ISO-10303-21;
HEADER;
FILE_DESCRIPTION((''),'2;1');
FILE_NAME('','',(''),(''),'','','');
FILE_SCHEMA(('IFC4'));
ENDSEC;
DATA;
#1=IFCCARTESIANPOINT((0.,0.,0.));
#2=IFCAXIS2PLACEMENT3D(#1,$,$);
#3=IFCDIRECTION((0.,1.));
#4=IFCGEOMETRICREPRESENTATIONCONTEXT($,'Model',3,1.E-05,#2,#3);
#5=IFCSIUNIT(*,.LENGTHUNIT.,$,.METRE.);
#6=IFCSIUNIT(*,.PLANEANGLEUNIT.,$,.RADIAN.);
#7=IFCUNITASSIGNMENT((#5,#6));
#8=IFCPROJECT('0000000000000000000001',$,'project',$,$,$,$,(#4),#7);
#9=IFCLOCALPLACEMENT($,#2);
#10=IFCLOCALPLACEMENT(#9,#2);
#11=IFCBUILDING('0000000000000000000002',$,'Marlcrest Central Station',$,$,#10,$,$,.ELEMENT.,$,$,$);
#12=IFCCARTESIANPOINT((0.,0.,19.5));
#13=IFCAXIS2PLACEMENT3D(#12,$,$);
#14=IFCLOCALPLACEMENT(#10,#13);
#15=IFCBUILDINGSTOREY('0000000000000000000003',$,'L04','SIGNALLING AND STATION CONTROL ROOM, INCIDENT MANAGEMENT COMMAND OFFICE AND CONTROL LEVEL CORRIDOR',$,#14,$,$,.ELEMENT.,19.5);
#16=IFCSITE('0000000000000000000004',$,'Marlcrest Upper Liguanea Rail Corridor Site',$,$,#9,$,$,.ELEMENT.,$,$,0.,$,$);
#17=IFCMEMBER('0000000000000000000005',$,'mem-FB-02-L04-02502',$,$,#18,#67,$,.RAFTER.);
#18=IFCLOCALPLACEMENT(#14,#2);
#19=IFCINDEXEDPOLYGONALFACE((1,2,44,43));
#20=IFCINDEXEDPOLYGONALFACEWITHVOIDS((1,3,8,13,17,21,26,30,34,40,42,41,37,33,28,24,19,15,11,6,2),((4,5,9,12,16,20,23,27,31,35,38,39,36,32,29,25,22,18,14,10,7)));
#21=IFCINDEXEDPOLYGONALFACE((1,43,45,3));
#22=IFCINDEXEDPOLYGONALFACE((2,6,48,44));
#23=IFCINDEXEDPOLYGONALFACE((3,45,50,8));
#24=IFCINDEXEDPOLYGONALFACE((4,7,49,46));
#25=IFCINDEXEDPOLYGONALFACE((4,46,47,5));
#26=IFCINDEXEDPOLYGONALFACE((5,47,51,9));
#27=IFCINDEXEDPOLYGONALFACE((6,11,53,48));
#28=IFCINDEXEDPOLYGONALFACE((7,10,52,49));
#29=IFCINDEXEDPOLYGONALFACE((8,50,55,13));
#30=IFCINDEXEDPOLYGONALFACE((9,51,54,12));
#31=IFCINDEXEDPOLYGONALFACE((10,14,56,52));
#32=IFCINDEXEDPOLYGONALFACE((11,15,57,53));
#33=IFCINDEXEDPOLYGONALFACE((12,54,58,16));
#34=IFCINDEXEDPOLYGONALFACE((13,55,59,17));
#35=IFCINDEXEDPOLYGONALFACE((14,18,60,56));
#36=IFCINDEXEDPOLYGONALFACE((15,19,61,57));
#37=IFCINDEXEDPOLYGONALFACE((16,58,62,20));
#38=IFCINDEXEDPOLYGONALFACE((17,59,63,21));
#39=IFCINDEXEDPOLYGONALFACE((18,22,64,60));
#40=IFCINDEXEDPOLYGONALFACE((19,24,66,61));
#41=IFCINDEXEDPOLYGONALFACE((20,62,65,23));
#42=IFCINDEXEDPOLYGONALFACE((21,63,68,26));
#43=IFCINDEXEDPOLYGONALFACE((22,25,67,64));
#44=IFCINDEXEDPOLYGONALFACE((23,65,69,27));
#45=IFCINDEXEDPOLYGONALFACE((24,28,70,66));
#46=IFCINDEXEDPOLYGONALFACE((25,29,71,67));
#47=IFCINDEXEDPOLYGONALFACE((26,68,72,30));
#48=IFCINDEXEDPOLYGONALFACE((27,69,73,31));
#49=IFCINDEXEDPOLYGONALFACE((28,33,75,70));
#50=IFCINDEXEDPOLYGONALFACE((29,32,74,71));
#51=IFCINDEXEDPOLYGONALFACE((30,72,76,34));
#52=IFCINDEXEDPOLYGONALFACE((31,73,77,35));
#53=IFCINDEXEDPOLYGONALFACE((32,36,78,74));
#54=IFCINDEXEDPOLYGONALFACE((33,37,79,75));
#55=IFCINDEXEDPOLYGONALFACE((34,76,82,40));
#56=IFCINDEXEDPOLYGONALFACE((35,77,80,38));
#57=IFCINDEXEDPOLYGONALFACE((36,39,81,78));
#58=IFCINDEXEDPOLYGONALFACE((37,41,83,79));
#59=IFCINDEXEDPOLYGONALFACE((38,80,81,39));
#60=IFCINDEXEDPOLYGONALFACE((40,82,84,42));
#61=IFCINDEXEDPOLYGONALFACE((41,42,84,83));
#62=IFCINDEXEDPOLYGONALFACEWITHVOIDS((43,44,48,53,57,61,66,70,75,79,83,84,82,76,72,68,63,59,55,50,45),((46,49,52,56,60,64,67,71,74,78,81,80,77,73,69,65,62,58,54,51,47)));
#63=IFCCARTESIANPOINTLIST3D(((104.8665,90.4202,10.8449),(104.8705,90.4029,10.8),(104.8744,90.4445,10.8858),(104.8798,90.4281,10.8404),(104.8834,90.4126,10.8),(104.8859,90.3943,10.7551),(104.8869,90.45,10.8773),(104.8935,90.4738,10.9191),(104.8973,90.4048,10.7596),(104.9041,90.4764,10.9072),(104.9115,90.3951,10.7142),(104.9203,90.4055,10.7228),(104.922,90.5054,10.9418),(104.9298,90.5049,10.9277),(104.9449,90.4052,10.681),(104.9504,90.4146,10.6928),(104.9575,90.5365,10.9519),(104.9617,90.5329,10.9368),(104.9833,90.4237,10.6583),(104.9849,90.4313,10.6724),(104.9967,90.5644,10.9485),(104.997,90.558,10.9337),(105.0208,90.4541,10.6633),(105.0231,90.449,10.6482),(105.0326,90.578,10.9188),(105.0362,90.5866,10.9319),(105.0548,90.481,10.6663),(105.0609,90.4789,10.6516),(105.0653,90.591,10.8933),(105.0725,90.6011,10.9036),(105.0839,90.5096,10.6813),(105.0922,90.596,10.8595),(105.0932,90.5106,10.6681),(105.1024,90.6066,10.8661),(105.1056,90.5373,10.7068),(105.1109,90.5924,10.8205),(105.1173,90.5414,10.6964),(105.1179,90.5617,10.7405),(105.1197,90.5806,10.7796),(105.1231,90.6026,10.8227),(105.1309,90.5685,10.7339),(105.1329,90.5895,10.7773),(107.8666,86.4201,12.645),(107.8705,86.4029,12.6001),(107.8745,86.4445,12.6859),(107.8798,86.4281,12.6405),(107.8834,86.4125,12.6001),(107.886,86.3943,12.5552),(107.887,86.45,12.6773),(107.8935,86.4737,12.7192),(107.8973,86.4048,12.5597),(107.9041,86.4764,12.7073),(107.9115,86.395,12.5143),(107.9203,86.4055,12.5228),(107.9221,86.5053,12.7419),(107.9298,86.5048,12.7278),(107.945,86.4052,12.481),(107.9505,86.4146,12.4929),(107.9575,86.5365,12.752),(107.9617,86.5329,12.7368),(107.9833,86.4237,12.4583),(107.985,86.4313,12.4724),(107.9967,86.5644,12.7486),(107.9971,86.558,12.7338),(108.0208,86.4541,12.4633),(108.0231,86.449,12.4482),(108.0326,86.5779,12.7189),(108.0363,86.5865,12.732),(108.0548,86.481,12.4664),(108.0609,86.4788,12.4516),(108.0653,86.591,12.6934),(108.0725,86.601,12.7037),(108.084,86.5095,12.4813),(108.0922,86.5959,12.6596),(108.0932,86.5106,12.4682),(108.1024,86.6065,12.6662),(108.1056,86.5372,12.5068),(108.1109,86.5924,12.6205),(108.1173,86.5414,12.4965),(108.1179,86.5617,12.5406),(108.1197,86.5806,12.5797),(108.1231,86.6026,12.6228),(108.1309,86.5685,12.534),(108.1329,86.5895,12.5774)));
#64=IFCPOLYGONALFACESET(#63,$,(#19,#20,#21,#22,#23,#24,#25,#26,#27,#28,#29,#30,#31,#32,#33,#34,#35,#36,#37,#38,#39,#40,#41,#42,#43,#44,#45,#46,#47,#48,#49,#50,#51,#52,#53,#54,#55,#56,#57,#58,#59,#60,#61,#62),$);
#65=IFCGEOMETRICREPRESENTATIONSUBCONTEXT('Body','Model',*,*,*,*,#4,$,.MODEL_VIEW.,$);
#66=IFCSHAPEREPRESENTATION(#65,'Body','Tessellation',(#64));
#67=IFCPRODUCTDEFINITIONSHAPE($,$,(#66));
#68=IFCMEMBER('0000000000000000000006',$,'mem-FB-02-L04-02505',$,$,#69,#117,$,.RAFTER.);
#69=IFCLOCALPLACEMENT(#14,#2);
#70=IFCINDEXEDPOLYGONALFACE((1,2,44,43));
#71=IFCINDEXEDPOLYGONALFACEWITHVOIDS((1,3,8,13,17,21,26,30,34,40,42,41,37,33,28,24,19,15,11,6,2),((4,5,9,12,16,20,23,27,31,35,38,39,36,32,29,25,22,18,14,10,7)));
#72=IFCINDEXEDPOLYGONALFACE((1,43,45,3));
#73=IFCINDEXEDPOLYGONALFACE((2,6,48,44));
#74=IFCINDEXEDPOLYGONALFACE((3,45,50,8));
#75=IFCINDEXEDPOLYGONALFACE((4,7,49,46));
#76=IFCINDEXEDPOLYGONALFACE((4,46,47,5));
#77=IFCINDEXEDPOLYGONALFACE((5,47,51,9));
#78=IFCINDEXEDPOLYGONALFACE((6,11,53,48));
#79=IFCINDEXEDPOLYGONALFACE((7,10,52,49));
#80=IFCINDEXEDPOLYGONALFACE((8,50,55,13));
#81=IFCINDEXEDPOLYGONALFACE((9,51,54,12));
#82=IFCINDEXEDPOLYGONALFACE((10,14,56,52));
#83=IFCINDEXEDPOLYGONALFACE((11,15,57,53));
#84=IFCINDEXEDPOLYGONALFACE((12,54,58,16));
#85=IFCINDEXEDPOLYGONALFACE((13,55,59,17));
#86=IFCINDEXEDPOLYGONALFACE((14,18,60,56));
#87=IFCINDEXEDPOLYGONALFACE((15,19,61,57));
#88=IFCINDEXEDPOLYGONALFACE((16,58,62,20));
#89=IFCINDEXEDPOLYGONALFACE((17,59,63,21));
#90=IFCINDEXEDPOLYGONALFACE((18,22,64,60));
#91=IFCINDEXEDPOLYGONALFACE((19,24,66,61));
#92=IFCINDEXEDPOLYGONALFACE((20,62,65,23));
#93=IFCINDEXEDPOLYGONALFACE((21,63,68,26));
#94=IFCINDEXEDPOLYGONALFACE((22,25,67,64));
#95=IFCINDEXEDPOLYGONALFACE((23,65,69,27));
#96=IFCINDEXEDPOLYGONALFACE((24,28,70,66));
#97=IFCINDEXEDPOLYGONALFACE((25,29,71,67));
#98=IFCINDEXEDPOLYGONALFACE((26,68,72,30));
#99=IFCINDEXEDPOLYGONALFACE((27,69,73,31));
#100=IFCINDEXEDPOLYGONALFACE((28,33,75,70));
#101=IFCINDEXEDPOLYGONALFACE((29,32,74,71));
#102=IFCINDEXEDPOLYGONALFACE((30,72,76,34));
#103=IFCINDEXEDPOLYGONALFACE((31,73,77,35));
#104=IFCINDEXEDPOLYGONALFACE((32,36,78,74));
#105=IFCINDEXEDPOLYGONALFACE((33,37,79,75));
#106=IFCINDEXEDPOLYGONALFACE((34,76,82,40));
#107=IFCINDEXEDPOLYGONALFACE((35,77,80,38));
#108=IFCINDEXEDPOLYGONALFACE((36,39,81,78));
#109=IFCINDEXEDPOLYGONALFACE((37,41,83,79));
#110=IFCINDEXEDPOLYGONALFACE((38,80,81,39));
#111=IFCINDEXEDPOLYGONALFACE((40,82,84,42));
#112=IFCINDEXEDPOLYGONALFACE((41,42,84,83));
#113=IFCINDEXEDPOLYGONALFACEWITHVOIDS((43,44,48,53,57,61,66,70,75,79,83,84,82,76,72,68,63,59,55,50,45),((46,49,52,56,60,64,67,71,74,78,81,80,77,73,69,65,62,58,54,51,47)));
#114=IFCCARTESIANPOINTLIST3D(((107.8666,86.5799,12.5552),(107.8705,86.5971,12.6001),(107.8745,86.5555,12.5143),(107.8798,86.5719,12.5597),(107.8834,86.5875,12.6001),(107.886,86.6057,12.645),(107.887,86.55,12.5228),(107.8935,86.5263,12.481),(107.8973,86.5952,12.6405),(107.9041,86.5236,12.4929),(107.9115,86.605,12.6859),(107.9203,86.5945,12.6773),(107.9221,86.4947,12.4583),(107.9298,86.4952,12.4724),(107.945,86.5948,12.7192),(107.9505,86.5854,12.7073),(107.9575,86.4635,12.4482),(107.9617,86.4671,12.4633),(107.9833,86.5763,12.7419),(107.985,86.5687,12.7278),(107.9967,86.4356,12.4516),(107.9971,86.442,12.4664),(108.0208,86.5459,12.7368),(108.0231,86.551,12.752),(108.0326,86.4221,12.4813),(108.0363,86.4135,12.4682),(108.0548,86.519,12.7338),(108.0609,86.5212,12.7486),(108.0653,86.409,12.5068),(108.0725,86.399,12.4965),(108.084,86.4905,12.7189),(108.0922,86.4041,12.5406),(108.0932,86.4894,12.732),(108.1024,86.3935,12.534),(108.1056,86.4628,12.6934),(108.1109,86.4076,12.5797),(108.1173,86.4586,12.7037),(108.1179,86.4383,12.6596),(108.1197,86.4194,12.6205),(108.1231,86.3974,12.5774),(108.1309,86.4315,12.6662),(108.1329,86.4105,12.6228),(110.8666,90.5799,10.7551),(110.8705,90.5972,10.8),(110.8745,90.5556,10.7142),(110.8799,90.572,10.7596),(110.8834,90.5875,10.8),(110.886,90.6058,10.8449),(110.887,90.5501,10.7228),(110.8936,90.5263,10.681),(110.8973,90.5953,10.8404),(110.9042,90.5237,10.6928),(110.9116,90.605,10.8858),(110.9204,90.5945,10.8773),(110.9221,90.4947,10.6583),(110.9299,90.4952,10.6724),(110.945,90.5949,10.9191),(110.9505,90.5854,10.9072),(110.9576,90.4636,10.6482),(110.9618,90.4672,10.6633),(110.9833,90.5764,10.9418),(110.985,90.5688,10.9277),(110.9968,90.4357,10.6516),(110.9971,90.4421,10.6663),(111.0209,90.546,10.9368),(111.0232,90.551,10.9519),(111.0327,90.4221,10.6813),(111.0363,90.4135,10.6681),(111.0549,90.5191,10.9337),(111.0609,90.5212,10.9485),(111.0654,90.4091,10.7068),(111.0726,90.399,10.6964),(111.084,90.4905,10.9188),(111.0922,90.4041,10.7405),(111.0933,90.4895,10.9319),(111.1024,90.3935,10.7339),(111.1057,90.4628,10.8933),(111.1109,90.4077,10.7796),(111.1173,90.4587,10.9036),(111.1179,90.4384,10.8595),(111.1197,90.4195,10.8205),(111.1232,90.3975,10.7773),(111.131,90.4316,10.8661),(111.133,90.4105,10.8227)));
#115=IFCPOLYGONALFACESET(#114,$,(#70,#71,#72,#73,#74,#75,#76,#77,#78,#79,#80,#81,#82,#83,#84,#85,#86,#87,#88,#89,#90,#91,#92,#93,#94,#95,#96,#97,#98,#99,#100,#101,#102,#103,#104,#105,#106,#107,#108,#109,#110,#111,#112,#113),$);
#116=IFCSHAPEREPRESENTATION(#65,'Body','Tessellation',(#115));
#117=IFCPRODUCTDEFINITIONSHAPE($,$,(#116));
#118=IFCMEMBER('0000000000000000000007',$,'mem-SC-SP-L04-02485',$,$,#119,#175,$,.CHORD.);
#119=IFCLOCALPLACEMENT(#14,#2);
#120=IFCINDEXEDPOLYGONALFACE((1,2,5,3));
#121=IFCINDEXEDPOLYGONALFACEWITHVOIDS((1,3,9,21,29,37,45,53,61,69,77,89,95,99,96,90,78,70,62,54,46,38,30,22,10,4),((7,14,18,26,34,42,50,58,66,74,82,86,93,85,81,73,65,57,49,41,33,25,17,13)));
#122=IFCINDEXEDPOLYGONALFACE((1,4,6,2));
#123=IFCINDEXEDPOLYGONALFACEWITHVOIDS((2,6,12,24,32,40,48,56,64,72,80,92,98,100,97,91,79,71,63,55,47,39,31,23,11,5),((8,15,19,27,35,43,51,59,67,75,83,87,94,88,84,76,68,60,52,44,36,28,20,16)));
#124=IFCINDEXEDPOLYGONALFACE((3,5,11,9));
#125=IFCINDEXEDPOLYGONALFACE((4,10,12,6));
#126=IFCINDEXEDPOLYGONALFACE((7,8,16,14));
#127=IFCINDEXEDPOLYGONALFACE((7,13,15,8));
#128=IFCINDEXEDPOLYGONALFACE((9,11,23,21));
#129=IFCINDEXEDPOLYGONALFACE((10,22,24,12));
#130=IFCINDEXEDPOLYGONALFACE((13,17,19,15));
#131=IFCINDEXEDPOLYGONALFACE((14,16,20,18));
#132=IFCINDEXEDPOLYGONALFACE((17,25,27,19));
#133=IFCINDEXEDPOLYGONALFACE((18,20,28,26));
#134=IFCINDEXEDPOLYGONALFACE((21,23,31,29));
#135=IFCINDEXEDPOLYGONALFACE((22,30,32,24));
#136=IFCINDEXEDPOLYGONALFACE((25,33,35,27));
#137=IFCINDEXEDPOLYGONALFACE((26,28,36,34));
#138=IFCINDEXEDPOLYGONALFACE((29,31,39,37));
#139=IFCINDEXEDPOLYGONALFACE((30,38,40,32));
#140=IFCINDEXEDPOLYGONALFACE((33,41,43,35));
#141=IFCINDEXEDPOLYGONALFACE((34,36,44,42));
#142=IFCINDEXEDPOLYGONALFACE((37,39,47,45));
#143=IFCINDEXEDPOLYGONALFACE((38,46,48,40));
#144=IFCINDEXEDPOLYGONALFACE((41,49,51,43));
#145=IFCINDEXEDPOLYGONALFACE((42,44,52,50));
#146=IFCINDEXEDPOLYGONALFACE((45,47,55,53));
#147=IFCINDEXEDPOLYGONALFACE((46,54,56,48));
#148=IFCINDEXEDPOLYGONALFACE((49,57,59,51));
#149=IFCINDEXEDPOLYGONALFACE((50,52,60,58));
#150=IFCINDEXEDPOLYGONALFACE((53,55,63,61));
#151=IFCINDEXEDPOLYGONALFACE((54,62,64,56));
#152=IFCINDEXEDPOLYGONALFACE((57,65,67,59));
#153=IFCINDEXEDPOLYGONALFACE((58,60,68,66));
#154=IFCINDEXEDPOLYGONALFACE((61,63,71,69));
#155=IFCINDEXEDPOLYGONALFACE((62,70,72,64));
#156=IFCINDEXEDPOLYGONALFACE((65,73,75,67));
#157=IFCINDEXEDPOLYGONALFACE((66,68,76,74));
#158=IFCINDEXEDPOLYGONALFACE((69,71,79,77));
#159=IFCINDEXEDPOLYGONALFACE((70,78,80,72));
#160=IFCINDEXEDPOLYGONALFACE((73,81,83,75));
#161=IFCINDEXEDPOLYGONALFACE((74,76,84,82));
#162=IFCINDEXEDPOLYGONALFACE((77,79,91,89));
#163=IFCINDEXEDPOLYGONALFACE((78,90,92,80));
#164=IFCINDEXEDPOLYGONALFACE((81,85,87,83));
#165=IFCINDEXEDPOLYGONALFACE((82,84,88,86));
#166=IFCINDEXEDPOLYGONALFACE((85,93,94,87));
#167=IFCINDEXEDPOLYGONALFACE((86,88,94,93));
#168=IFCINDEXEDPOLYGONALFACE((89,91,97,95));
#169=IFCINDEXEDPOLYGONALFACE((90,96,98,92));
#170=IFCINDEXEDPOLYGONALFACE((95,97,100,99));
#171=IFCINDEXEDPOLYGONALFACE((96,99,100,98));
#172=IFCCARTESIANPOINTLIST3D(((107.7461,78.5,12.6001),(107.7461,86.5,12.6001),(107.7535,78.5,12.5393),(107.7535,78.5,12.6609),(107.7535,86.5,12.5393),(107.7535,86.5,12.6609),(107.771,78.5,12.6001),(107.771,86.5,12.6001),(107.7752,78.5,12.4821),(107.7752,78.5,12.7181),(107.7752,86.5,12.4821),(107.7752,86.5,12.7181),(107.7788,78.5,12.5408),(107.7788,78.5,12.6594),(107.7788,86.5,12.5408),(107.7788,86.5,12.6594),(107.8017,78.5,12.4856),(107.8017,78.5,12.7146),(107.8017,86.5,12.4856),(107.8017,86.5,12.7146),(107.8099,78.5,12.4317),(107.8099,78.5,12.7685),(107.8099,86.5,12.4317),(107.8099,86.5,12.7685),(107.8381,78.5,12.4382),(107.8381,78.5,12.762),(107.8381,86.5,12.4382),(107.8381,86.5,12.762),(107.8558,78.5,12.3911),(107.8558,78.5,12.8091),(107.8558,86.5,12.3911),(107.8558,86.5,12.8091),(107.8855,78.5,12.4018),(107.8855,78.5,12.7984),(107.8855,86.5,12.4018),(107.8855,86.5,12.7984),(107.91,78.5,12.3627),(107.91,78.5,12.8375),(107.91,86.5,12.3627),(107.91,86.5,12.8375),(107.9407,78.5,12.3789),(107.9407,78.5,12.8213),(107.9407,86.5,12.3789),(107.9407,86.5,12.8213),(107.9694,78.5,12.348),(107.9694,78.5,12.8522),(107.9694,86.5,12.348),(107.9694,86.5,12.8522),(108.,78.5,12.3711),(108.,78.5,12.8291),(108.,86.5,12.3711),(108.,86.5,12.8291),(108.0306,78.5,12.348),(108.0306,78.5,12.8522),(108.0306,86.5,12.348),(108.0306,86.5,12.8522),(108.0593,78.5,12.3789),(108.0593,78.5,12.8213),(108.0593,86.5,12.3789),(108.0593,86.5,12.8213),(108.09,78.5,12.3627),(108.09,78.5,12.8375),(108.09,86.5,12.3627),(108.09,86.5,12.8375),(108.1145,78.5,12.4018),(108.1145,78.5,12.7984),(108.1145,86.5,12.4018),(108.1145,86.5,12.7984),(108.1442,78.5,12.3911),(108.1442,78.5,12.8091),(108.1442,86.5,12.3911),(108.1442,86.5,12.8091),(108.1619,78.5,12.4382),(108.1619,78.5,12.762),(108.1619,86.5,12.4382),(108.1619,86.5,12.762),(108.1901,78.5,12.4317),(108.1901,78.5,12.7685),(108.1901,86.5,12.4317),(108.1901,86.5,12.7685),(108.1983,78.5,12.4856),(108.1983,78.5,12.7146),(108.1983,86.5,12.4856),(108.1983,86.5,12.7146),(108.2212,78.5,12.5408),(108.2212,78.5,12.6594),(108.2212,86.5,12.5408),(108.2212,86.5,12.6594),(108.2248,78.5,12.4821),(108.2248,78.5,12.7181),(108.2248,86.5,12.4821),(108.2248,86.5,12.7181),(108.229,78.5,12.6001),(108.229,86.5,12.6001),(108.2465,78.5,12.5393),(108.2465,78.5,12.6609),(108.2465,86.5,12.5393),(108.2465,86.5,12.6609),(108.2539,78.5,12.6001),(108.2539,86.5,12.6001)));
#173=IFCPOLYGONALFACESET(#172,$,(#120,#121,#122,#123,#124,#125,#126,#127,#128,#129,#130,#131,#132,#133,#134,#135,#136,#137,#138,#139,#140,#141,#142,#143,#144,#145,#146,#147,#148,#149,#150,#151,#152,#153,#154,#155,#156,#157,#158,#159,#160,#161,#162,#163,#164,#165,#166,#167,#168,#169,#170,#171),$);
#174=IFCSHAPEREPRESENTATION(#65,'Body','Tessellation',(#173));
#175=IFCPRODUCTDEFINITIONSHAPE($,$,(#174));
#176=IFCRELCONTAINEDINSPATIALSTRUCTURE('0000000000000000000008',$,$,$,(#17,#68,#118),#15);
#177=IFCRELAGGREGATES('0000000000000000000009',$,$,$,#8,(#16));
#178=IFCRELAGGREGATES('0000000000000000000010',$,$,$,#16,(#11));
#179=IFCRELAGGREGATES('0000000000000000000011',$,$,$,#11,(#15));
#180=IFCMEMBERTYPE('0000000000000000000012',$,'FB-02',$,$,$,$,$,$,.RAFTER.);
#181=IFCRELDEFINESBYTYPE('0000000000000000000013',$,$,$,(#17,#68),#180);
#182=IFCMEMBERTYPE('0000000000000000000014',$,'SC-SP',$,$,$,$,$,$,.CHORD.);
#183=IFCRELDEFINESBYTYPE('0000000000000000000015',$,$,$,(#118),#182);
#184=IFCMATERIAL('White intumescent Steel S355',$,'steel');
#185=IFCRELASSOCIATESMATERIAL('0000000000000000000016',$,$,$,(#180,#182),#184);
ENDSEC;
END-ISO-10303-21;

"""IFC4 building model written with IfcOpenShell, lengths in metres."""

from ifc_helpers import new_model, si_unit, direction, frame, origin, origin_2d, place, context, subcontext, project, spatial, hollow_circle, extrude, material, material_profile, profile_set, type_object, element, save


model = new_model("IFC4")

# Units and contexts
model_context = context("Model", 3, precision=1e-05, world=origin(), true_north=direction((0.0, 1.0)))
body_context = subcontext(model_context, "Body", "Model", "MODEL_VIEW")
ifc_project = project(units=[si_unit("LENGTHUNIT", "METRE"), si_unit("PLANEANGLEUNIT", "RADIAN")], contexts=[model_context])

# Site, building, storey
site_placement = place(None, origin())
site = spatial("IfcSite", under=ifc_project, at=site_placement, Name="Marlcrest Upper Liguanea Rail Corridor Site", CompositionType="ELEMENT", RefElevation=0.0)
building_placement = place(site_placement, origin())
building = spatial("IfcBuilding", under=site, at=building_placement, Name="Marlcrest Central Station", CompositionType="ELEMENT")
storey_placement = place(building_placement, frame((0.0, 0.0, 19.5)))
storey = spatial("IfcBuildingStorey", under=building, at=storey_placement, Name="L04", Description="SIGNALLING AND STATION CONTROL ROOM, INCIDENT MANAGEMENT COMMAND OFFICE AND CONTROL LEVEL CORRIDOR", CompositionType="ELEMENT", Elevation=19.5)

# Members
ifc_material_1 = material(Name="White intumescent Steel S355", Category="steel")
ifc_material_profile_1 = material_profile(ifc_material_1, hollow_circle(Radius=0.1619, WallThickness=0.0161, at=origin_2d()), Name="CHS 323.9x16")
ifc_profile_set_1 = profile_set([ifc_material_profile_1], Name="White intumescent Steel S355")
member_type_1 = type_object("IfcMemberType", Name="FB-02", PredefinedType="RAFTER", material=ifc_profile_set_1)
for number, where, z_axis, x_axis, name in (
    (1, (108.0, 86.5, 12.6001), (-0.564531, 0.752708, -0.338728), (-0.8, -0.6, 0.0), "mem-FB-02-L04-02502"),
    (2, (108.0, 86.5, 12.6001), (0.564531, 0.752708, -0.338728), (-0.8, 0.6, 0.0), "mem-FB-02-L04-02505"),
):
    element("IfcMember", number, at=place(storey_placement, frame(where, z_axis=z_axis, x_axis=x_axis)), inside=storey, type_object=member_type_1, Name=name, PredefinedType="RAFTER", context=body_context, shape_type="SweptSolid", body=[
        extrude(hollow_circle(Radius=0.1619, WallThickness=0.0161, at=origin_2d()), origin(), (0.0, 0.0, 1.0), 5.3142),
    ])
ifc_material_profile_2 = material_profile(ifc_material_1, hollow_circle(Radius=0.2539, WallThickness=0.0249, at=origin_2d()), Name="CHS 508x25")
ifc_profile_set_2 = profile_set([ifc_material_profile_2], Name="White intumescent Steel S355")
member_type_2 = type_object("IfcMemberType", Name="SC-SP", PredefinedType="CHORD", material=ifc_profile_set_2)
for number, where, z_axis, x_axis, name in (
    (3, (108.0, 78.5, 12.6001), (0.0, 1.0, 0.0), (-1.0, 0.0, 0.0), "mem-SC-SP-L04-02485"),
):
    element("IfcMember", number, at=place(storey_placement, frame(where, z_axis=z_axis, x_axis=x_axis)), inside=storey, type_object=member_type_2, Name=name, PredefinedType="CHORD", context=body_context, shape_type="SweptSolid", body=[
        extrude(hollow_circle(Radius=0.2539, WallThickness=0.0249, at=origin_2d()), origin(), (0.0, 0.0, 1.0), 8.0),
    ])

save(model, "model.ifc")
